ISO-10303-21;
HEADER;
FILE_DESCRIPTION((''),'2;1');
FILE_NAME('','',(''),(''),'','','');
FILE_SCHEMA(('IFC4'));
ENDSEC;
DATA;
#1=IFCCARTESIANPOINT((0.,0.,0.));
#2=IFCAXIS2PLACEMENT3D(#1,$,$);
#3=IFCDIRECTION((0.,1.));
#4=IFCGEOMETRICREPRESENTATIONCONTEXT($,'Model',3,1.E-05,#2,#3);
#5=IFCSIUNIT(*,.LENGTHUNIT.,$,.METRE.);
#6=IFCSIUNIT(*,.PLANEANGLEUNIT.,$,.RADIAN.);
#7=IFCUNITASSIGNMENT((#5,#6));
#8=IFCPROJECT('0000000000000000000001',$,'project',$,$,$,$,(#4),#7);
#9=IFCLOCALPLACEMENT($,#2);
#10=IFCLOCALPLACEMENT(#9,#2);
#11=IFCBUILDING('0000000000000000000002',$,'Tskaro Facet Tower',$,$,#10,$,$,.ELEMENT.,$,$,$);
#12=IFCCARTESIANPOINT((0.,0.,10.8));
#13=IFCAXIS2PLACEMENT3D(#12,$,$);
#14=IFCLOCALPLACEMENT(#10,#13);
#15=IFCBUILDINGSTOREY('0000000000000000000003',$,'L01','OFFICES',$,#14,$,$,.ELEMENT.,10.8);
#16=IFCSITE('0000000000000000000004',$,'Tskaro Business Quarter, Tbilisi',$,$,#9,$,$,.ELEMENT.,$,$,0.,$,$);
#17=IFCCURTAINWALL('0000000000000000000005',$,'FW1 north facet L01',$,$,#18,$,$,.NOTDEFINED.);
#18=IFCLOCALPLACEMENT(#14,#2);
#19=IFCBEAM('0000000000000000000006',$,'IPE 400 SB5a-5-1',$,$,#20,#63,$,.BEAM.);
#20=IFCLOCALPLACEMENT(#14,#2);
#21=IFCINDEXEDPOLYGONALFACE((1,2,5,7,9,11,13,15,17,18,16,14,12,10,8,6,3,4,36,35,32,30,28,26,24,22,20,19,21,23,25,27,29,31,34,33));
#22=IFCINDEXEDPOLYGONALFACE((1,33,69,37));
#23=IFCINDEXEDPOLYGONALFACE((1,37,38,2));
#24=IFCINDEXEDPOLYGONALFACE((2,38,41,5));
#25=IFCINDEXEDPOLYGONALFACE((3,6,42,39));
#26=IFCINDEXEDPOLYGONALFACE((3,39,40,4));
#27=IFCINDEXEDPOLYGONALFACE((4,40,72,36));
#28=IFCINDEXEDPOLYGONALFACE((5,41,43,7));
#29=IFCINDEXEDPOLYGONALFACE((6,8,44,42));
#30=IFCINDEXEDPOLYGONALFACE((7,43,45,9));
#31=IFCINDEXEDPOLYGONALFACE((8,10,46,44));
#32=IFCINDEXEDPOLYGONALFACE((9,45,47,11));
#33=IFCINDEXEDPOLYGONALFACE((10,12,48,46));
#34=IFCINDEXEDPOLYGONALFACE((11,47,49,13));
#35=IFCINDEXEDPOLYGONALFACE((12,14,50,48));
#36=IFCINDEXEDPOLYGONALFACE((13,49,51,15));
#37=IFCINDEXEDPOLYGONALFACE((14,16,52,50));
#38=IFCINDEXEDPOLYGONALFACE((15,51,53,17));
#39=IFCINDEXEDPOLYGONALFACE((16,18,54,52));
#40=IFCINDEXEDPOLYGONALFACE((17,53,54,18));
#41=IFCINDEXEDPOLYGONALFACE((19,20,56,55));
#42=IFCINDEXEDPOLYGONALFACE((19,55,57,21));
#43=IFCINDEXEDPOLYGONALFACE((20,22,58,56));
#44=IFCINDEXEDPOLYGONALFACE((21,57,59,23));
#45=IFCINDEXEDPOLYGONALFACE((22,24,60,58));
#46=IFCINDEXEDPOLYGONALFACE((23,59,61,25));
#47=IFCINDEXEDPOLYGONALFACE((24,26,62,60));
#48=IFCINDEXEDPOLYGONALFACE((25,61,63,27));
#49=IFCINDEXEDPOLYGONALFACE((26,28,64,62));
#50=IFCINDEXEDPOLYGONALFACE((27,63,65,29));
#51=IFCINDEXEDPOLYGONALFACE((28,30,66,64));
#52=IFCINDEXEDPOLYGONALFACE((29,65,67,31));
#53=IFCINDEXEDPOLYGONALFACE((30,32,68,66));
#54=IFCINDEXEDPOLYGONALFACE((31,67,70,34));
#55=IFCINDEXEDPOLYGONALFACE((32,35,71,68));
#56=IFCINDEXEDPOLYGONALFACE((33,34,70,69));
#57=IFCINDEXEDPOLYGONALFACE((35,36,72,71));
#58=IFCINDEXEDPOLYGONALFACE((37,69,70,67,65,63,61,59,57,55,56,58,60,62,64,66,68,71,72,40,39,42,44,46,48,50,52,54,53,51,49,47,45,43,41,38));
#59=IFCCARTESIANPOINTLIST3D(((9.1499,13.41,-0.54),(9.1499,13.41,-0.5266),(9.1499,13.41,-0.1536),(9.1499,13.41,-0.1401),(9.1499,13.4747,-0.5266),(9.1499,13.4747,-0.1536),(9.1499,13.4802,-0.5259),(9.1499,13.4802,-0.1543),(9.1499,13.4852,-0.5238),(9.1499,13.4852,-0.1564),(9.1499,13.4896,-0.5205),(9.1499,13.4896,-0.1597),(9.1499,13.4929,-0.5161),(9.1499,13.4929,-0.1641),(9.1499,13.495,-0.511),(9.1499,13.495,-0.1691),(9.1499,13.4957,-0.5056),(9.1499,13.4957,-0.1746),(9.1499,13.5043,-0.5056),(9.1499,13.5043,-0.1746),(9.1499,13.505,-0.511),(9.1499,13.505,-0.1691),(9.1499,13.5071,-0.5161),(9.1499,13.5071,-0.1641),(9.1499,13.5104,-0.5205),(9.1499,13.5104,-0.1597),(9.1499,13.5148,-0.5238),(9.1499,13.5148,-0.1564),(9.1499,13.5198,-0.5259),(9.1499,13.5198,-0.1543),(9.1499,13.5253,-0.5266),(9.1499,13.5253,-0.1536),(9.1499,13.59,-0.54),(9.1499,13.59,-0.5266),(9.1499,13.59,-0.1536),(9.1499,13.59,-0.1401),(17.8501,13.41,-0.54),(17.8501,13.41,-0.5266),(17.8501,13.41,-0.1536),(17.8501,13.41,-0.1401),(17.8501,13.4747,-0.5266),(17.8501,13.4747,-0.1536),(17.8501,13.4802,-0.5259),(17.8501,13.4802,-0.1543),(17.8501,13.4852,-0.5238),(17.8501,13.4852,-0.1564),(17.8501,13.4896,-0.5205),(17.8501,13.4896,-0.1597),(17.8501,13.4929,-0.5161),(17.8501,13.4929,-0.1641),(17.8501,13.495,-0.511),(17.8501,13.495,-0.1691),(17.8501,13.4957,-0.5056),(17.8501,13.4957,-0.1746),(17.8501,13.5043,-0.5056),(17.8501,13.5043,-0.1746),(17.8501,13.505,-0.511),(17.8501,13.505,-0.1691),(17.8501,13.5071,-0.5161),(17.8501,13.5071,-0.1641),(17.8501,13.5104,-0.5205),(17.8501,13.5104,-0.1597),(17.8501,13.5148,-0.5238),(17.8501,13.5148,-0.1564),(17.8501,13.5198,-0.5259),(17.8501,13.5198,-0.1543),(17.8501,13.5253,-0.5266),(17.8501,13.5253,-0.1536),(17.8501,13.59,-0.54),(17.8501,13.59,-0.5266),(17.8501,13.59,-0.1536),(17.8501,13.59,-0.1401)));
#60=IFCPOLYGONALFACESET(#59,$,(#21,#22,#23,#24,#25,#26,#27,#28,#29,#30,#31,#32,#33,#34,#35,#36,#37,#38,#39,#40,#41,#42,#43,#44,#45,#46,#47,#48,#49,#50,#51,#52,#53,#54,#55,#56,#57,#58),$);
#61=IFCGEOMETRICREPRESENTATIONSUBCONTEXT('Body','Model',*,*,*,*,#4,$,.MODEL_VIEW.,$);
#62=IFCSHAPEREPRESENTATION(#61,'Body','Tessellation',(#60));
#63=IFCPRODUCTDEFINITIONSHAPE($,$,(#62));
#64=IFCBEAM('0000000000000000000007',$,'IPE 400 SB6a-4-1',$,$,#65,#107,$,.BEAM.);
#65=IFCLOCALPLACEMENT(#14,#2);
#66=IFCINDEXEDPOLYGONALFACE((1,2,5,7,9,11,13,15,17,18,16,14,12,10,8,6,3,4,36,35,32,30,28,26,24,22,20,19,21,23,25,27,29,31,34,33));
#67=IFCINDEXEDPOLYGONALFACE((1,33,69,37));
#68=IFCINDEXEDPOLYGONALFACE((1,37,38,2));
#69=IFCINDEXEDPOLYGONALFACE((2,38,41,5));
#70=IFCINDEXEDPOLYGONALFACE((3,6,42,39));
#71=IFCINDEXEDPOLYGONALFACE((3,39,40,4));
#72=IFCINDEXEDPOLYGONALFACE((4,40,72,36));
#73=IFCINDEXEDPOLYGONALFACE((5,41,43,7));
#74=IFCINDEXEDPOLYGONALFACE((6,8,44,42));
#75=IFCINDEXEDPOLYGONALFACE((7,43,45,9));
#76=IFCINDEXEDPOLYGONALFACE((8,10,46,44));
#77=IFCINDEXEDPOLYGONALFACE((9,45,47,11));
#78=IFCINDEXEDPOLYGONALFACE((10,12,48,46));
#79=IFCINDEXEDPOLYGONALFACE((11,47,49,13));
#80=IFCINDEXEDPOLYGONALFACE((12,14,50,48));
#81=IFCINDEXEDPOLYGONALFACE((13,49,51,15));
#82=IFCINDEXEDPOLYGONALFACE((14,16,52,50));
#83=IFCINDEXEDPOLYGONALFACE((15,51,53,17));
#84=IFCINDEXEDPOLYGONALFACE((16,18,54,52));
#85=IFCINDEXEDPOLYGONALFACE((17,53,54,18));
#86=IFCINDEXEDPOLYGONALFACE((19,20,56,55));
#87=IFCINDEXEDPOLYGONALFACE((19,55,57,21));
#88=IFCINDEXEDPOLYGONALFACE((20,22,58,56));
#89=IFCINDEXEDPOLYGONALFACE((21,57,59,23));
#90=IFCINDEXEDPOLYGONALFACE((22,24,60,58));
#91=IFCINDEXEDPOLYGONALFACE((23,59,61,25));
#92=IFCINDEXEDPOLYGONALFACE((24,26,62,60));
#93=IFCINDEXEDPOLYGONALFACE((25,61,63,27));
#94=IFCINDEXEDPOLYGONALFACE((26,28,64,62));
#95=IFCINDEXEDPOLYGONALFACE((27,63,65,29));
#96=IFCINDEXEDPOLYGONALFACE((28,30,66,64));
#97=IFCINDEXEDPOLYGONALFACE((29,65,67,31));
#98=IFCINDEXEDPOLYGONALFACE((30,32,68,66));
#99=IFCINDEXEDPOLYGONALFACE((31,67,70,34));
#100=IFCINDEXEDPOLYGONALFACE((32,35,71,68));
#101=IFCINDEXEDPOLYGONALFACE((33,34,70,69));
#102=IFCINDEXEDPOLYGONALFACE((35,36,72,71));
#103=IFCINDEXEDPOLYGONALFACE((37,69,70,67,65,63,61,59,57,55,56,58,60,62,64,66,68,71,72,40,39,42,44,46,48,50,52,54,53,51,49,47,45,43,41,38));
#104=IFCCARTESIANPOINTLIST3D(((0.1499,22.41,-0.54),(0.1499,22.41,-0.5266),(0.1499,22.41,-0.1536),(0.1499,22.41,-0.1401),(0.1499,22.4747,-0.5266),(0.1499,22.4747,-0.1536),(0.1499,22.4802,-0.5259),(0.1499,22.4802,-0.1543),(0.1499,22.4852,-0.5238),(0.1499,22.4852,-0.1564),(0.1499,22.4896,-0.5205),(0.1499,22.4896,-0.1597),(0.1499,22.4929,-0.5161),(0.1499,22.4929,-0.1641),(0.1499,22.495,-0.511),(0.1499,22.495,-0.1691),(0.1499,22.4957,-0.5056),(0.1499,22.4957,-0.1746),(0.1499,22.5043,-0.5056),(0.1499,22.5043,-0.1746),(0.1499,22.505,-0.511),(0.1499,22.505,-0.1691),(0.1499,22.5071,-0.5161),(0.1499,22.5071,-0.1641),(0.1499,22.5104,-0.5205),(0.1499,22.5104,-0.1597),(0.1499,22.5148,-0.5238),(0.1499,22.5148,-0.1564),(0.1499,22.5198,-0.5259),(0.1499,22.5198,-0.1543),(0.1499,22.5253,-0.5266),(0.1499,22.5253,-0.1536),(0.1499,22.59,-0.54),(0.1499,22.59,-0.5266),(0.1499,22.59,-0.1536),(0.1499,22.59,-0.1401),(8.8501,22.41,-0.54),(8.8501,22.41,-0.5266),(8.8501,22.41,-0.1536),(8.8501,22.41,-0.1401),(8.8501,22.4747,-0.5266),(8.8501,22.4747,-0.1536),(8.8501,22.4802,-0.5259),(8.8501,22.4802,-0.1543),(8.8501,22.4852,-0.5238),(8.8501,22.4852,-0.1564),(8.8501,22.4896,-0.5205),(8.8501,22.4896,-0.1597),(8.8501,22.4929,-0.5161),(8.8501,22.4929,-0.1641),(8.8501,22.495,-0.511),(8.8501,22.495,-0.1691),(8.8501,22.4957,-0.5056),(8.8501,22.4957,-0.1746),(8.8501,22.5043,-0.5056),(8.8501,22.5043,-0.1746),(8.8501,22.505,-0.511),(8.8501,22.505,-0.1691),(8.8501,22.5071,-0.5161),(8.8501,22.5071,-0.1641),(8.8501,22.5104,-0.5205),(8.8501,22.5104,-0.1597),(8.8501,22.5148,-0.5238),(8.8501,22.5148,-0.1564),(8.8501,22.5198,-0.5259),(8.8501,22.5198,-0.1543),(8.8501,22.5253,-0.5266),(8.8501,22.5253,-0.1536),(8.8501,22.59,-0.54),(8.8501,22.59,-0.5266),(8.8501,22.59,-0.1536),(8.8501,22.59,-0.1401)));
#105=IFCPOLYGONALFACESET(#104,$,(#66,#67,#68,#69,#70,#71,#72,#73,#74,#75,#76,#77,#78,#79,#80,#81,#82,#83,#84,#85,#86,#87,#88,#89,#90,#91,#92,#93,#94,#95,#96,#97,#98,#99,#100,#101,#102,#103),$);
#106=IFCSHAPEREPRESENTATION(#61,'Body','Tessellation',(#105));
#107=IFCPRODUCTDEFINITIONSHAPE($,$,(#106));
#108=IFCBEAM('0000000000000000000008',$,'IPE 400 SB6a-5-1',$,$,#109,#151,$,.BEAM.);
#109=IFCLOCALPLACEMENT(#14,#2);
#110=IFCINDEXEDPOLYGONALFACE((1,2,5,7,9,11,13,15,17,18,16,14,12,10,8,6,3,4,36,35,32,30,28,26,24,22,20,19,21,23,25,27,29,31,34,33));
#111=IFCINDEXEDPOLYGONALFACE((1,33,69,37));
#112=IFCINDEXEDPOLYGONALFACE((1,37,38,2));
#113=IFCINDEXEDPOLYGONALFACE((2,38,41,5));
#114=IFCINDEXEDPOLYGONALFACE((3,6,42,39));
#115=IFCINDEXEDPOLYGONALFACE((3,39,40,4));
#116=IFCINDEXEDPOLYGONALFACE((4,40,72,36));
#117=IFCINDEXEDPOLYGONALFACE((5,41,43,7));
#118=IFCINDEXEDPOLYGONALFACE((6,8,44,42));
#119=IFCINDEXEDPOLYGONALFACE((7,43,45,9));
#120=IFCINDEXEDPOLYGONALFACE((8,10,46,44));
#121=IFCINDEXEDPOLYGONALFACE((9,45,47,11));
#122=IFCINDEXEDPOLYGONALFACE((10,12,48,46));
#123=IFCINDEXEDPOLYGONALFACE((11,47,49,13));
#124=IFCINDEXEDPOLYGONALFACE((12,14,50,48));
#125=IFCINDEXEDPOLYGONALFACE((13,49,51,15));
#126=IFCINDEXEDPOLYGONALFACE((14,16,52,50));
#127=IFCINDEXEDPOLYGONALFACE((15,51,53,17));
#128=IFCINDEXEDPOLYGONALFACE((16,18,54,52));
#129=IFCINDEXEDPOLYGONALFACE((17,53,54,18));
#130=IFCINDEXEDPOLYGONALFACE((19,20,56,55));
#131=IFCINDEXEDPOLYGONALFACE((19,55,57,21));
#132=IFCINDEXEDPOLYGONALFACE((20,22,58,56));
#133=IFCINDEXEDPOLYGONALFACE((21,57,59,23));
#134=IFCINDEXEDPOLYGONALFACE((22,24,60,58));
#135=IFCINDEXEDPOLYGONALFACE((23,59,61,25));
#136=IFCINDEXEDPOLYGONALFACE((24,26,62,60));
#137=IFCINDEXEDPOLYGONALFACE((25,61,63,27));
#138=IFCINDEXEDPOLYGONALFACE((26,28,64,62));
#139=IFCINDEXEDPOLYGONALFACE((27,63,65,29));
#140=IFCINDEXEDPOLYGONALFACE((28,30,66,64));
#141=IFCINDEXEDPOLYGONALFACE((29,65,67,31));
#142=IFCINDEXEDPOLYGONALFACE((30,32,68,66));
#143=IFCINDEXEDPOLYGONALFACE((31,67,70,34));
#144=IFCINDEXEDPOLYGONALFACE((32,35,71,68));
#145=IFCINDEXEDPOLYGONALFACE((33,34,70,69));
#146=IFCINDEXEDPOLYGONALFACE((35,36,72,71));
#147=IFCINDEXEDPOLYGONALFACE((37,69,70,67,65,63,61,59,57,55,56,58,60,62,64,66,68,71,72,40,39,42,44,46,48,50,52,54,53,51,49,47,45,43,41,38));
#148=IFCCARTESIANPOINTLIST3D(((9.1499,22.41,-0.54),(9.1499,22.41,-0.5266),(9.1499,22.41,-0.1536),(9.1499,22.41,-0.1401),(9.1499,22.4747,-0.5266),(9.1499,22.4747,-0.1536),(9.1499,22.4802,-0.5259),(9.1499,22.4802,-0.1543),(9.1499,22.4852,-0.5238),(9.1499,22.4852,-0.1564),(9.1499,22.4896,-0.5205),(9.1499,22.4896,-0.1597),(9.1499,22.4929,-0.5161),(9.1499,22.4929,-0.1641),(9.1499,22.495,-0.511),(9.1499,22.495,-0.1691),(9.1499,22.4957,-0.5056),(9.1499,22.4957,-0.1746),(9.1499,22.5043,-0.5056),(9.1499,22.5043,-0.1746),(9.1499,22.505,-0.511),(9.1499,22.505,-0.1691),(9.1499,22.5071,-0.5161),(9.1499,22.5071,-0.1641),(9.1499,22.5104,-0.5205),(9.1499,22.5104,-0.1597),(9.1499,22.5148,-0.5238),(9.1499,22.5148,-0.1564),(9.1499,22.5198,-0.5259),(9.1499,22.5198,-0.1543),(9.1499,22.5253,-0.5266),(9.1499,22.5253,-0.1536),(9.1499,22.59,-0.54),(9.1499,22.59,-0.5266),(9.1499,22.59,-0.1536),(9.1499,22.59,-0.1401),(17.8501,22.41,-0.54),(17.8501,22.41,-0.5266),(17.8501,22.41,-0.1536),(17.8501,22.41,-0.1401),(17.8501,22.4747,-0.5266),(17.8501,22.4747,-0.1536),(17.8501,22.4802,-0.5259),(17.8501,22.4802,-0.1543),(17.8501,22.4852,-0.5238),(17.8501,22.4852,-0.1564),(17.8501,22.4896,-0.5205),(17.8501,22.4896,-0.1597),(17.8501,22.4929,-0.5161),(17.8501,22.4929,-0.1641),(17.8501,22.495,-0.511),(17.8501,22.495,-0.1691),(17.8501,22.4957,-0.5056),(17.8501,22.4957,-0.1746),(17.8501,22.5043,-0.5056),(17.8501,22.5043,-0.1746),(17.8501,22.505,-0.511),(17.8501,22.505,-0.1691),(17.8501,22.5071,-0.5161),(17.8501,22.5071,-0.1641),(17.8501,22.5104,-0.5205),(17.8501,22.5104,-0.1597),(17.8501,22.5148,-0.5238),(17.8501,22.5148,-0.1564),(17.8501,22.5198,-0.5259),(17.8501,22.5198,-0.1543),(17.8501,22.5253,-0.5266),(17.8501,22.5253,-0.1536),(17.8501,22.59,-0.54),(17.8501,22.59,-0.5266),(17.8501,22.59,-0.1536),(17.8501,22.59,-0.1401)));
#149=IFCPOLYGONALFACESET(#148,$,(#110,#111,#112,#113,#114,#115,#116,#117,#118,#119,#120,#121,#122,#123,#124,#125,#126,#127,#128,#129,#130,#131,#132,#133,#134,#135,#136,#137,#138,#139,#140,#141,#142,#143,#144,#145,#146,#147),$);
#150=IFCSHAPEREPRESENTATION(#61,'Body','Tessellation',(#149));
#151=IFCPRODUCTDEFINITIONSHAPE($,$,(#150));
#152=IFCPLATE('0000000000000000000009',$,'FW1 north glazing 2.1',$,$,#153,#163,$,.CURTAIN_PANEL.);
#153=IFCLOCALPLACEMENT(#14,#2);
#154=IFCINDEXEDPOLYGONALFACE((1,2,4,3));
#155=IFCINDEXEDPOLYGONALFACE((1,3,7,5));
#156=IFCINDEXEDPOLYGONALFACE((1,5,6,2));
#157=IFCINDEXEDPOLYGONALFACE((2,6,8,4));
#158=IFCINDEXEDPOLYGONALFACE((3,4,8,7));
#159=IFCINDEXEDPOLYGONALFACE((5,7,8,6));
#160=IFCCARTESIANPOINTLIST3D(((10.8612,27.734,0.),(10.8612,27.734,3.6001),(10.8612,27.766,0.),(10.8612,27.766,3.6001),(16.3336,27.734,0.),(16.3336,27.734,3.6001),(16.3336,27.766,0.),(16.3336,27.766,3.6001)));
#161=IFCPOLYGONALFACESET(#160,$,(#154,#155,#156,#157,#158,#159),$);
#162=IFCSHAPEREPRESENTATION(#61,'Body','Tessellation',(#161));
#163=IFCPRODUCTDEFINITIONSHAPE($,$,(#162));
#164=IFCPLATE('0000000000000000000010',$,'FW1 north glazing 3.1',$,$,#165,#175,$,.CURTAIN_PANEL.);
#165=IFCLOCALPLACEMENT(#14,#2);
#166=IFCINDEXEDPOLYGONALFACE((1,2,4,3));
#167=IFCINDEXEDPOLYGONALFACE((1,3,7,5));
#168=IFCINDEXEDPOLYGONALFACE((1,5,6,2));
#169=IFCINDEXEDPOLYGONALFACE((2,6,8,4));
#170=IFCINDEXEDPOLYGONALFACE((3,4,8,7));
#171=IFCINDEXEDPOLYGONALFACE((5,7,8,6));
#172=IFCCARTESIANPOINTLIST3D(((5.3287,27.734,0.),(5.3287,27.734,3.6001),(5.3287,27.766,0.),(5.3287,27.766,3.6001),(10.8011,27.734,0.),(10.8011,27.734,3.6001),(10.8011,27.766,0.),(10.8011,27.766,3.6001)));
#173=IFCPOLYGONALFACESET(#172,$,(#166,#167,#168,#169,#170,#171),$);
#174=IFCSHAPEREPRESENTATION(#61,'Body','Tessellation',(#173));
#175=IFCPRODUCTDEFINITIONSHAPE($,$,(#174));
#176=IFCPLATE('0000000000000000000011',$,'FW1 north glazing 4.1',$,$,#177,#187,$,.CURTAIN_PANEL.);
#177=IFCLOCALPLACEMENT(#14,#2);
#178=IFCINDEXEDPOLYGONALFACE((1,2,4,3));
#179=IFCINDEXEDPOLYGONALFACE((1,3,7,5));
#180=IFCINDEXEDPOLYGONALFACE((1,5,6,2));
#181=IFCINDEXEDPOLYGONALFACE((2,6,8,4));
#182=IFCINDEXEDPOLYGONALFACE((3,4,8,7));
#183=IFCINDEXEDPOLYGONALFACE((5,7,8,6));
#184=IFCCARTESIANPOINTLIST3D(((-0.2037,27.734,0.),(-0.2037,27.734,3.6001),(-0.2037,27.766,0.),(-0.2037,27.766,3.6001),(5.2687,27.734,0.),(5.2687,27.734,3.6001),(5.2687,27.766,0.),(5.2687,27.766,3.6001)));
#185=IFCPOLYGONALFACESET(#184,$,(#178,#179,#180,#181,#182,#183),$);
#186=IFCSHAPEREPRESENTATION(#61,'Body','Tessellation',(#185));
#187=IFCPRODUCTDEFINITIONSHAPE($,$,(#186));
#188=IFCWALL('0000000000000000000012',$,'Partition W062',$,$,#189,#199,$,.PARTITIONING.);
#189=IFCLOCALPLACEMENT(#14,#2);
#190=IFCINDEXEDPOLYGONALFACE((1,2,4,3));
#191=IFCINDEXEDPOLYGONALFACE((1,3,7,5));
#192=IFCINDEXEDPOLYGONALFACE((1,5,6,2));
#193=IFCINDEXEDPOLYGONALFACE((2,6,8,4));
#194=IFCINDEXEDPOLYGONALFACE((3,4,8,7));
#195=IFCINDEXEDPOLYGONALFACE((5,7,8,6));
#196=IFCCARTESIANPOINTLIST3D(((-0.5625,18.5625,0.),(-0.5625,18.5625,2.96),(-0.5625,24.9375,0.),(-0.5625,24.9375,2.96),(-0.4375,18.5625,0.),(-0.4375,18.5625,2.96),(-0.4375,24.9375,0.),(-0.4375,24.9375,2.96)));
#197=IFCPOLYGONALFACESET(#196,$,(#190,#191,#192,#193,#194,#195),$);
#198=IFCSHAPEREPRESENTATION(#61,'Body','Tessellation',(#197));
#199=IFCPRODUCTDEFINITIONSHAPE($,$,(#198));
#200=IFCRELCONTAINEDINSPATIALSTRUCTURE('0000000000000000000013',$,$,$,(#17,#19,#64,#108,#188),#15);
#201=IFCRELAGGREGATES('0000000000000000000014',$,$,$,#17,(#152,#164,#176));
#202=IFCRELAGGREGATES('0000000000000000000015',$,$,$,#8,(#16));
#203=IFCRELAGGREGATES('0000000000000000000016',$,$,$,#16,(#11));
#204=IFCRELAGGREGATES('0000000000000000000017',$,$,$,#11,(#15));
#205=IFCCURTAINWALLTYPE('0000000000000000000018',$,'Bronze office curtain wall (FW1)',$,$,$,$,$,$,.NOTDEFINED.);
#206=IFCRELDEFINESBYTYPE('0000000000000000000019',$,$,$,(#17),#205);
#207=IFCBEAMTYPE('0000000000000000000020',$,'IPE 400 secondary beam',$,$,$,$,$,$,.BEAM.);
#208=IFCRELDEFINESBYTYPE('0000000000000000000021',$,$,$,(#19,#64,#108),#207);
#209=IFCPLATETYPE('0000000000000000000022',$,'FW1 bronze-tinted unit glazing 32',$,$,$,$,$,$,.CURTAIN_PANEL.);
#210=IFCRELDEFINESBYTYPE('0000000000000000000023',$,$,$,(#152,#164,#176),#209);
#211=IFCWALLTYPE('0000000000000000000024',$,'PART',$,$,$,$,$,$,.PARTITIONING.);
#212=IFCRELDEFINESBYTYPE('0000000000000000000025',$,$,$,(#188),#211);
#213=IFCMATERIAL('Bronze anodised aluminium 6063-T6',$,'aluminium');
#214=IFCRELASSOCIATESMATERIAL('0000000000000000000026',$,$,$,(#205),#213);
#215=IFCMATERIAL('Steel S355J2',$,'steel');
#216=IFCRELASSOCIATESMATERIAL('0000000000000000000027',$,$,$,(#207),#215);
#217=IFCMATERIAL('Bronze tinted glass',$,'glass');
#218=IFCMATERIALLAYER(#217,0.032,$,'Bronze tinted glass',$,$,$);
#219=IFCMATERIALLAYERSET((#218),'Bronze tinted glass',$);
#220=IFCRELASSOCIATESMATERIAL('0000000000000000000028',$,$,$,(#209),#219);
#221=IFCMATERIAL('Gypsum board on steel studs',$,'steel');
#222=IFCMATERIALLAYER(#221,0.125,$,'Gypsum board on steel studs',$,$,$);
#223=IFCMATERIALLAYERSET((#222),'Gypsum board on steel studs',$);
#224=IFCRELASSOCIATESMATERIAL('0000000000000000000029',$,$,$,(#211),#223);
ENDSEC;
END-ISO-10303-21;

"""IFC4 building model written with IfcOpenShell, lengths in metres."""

from ifc_helpers import new_model, si_unit, direction, frame, frame_2d, origin, origin_2d, place, context, subcontext, project, spatial, rectangle, i_section, extrude, material, layer, layer_set, material_profile, profile_set, type_object, element, aggregate, save


model = new_model("IFC4")

# Units and contexts
model_context = context("Model", 3, precision=1e-05, world=origin(), true_north=direction((0.0, 1.0)))
body_context = subcontext(model_context, "Body", "Model", "MODEL_VIEW")
ifc_project = project(units=[si_unit("LENGTHUNIT", "METRE"), si_unit("PLANEANGLEUNIT", "RADIAN")], contexts=[model_context])

# Site, building, storey
site_placement = place(None, origin())
site = spatial("IfcSite", under=ifc_project, at=site_placement, Name="Tskaro Business Quarter, Tbilisi", CompositionType="ELEMENT", RefElevation=0.0)
building_placement = place(site_placement, origin())
building = spatial("IfcBuilding", under=site, at=building_placement, Name="Tskaro Facet Tower", CompositionType="ELEMENT")
storey_placement = place(building_placement, frame((0.0, 0.0, 10.8)))
storey = spatial("IfcBuildingStorey", under=building, at=storey_placement, Name="L01", Description="OFFICES", CompositionType="ELEMENT", Elevation=10.8)

# Curtain wall
ifc_material_1 = material(Name="Bronze anodised aluminium 6063-T6", Category="aluminium")
curtain_wall_type = type_object("IfcCurtainWallType", Name="Bronze office curtain wall (FW1)", PredefinedType="NOTDEFINED", material=ifc_material_1)
curtain_wall_placement = place(storey_placement, origin())
curtain_wall = element("IfcCurtainWall", 1, at=curtain_wall_placement, inside=storey, type_object=curtain_wall_type, Name="FW1 north facet L01", PredefinedType="NOTDEFINED")

# Beams
ifc_material_2 = material(Name="Steel S355J2", Category="steel")
ifc_material_profile_1 = material_profile(ifc_material_2, i_section(OverallWidth=0.1799, OverallDepth=0.3999, WebThickness=0.0085, FlangeThickness=0.0134, FilletRadius=0.021, at=origin_2d()), Name="IPE 400")
ifc_profile_set_1 = profile_set([ifc_material_profile_1], Name="Steel S355J2")
beam_type_1 = type_object("IfcBeamType", Name="IPE 400 secondary beam", PredefinedType="BEAM", material=ifc_profile_set_1)
for number, where, z_axis, x_axis, name in (
    (2, (9.1499, 13.5, -0.3401), (1.0, 0.0, 0.0), (0.0, 1.0, 0.0), "IPE 400 SB5a-5-1"),
    (3, (0.1499, 22.5, -0.3401), (1.0, 0.0, 0.0), (0.0, 1.0, 0.0), "IPE 400 SB6a-4-1"),
    (4, (9.1499, 22.5, -0.3401), (1.0, 0.0, 0.0), (0.0, 1.0, 0.0), "IPE 400 SB6a-5-1"),
):
    element("IfcBeam", number, at=place(storey_placement, frame(where, z_axis=z_axis, x_axis=x_axis)), inside=storey, type_object=beam_type_1, Name=name, PredefinedType="BEAM", context=body_context, shape_type="SweptSolid", body=[
        extrude(i_section(OverallWidth=0.1799, OverallDepth=0.3999, WebThickness=0.0085, FlangeThickness=0.0134, FilletRadius=0.021, at=origin_2d()), origin(), (0.0, 0.0, 1.0), 8.7002),
    ])

# Plates
ifc_material_3 = material(Name="Bronze tinted glass", Category="glass")
ifc_layer_1 = layer(ifc_material_3, 0.032, Name="Bronze tinted glass")
ifc_layer_set_1 = layer_set([ifc_layer_1], Name="Bronze tinted glass")
plate_type = type_object("IfcPlateType", Name="FW1 bronze-tinted unit glazing 32", PredefinedType="CURTAIN_PANEL", material=ifc_layer_set_1)
plate_1_placement = place(storey_placement, frame((13.5974, 27.75, 0.0), z_axis=(0.0, 0.0, 1.0), x_axis=(-1.0, 0.0, 0.0)))
plate_1 = element("IfcPlate", 5, at=plate_1_placement, type_object=plate_type, Name="FW1 north glazing 2.1", PredefinedType="CURTAIN_PANEL", context=body_context, shape_type="SweptSolid", body=[
    extrude(rectangle(XDim=5.4724, YDim=0.032, at=origin_2d()), origin(), (0.0, 0.0, 1.0), 3.6001),
])
plate_2_placement = place(storey_placement, frame((8.0649, 27.75, 0.0), z_axis=(0.0, 0.0, 1.0), x_axis=(-1.0, 0.0, 0.0)))
plate_2 = element("IfcPlate", 6, at=plate_2_placement, type_object=plate_type, Name="FW1 north glazing 3.1", PredefinedType="CURTAIN_PANEL", context=body_context, shape_type="SweptSolid", body=[
    extrude(rectangle(XDim=5.4724, YDim=0.032, at=origin_2d()), origin(), (0.0, 0.0, 1.0), 3.6001),
])
plate_3_placement = place(storey_placement, frame((2.5325, 27.75, 0.0), z_axis=(0.0, 0.0, 1.0), x_axis=(-1.0, 0.0, 0.0)))
plate_3 = element("IfcPlate", 7, at=plate_3_placement, type_object=plate_type, Name="FW1 north glazing 4.1", PredefinedType="CURTAIN_PANEL", context=body_context, shape_type="SweptSolid", body=[
    extrude(rectangle(XDim=5.4724, YDim=0.032, at=origin_2d()), origin(), (0.0, 0.0, 1.0), 3.6001),
])
aggregate(curtain_wall, [plate_1, plate_2, plate_3])

# Wall
ifc_material_4 = material(Name="Gypsum board on steel studs", Category="steel")
ifc_layer_2 = layer(ifc_material_4, 0.125, Name="Gypsum board on steel studs")
ifc_layer_set_2 = layer_set([ifc_layer_2], Name="Gypsum board on steel studs")
wall_type = type_object("IfcWallType", Name="PART", PredefinedType="PARTITIONING", material=ifc_layer_set_2)
wall_placement = place(storey_placement, frame((-0.5, 18.5625, 0.0), z_axis=(0.0, 0.0, 1.0), x_axis=(0.0, 1.0, 0.0)))
element("IfcWall", 8, at=wall_placement, inside=storey, type_object=wall_type, Name="Partition W062", PredefinedType="PARTITIONING", context=body_context, shape_type="SweptSolid", body=[
    extrude(rectangle(XDim=6.375, YDim=0.125, at=frame_2d((3.1875, 0.0))), origin(), (0.0, 0.0, 1.0), 2.96),
])

save(model, "model.ifc")
